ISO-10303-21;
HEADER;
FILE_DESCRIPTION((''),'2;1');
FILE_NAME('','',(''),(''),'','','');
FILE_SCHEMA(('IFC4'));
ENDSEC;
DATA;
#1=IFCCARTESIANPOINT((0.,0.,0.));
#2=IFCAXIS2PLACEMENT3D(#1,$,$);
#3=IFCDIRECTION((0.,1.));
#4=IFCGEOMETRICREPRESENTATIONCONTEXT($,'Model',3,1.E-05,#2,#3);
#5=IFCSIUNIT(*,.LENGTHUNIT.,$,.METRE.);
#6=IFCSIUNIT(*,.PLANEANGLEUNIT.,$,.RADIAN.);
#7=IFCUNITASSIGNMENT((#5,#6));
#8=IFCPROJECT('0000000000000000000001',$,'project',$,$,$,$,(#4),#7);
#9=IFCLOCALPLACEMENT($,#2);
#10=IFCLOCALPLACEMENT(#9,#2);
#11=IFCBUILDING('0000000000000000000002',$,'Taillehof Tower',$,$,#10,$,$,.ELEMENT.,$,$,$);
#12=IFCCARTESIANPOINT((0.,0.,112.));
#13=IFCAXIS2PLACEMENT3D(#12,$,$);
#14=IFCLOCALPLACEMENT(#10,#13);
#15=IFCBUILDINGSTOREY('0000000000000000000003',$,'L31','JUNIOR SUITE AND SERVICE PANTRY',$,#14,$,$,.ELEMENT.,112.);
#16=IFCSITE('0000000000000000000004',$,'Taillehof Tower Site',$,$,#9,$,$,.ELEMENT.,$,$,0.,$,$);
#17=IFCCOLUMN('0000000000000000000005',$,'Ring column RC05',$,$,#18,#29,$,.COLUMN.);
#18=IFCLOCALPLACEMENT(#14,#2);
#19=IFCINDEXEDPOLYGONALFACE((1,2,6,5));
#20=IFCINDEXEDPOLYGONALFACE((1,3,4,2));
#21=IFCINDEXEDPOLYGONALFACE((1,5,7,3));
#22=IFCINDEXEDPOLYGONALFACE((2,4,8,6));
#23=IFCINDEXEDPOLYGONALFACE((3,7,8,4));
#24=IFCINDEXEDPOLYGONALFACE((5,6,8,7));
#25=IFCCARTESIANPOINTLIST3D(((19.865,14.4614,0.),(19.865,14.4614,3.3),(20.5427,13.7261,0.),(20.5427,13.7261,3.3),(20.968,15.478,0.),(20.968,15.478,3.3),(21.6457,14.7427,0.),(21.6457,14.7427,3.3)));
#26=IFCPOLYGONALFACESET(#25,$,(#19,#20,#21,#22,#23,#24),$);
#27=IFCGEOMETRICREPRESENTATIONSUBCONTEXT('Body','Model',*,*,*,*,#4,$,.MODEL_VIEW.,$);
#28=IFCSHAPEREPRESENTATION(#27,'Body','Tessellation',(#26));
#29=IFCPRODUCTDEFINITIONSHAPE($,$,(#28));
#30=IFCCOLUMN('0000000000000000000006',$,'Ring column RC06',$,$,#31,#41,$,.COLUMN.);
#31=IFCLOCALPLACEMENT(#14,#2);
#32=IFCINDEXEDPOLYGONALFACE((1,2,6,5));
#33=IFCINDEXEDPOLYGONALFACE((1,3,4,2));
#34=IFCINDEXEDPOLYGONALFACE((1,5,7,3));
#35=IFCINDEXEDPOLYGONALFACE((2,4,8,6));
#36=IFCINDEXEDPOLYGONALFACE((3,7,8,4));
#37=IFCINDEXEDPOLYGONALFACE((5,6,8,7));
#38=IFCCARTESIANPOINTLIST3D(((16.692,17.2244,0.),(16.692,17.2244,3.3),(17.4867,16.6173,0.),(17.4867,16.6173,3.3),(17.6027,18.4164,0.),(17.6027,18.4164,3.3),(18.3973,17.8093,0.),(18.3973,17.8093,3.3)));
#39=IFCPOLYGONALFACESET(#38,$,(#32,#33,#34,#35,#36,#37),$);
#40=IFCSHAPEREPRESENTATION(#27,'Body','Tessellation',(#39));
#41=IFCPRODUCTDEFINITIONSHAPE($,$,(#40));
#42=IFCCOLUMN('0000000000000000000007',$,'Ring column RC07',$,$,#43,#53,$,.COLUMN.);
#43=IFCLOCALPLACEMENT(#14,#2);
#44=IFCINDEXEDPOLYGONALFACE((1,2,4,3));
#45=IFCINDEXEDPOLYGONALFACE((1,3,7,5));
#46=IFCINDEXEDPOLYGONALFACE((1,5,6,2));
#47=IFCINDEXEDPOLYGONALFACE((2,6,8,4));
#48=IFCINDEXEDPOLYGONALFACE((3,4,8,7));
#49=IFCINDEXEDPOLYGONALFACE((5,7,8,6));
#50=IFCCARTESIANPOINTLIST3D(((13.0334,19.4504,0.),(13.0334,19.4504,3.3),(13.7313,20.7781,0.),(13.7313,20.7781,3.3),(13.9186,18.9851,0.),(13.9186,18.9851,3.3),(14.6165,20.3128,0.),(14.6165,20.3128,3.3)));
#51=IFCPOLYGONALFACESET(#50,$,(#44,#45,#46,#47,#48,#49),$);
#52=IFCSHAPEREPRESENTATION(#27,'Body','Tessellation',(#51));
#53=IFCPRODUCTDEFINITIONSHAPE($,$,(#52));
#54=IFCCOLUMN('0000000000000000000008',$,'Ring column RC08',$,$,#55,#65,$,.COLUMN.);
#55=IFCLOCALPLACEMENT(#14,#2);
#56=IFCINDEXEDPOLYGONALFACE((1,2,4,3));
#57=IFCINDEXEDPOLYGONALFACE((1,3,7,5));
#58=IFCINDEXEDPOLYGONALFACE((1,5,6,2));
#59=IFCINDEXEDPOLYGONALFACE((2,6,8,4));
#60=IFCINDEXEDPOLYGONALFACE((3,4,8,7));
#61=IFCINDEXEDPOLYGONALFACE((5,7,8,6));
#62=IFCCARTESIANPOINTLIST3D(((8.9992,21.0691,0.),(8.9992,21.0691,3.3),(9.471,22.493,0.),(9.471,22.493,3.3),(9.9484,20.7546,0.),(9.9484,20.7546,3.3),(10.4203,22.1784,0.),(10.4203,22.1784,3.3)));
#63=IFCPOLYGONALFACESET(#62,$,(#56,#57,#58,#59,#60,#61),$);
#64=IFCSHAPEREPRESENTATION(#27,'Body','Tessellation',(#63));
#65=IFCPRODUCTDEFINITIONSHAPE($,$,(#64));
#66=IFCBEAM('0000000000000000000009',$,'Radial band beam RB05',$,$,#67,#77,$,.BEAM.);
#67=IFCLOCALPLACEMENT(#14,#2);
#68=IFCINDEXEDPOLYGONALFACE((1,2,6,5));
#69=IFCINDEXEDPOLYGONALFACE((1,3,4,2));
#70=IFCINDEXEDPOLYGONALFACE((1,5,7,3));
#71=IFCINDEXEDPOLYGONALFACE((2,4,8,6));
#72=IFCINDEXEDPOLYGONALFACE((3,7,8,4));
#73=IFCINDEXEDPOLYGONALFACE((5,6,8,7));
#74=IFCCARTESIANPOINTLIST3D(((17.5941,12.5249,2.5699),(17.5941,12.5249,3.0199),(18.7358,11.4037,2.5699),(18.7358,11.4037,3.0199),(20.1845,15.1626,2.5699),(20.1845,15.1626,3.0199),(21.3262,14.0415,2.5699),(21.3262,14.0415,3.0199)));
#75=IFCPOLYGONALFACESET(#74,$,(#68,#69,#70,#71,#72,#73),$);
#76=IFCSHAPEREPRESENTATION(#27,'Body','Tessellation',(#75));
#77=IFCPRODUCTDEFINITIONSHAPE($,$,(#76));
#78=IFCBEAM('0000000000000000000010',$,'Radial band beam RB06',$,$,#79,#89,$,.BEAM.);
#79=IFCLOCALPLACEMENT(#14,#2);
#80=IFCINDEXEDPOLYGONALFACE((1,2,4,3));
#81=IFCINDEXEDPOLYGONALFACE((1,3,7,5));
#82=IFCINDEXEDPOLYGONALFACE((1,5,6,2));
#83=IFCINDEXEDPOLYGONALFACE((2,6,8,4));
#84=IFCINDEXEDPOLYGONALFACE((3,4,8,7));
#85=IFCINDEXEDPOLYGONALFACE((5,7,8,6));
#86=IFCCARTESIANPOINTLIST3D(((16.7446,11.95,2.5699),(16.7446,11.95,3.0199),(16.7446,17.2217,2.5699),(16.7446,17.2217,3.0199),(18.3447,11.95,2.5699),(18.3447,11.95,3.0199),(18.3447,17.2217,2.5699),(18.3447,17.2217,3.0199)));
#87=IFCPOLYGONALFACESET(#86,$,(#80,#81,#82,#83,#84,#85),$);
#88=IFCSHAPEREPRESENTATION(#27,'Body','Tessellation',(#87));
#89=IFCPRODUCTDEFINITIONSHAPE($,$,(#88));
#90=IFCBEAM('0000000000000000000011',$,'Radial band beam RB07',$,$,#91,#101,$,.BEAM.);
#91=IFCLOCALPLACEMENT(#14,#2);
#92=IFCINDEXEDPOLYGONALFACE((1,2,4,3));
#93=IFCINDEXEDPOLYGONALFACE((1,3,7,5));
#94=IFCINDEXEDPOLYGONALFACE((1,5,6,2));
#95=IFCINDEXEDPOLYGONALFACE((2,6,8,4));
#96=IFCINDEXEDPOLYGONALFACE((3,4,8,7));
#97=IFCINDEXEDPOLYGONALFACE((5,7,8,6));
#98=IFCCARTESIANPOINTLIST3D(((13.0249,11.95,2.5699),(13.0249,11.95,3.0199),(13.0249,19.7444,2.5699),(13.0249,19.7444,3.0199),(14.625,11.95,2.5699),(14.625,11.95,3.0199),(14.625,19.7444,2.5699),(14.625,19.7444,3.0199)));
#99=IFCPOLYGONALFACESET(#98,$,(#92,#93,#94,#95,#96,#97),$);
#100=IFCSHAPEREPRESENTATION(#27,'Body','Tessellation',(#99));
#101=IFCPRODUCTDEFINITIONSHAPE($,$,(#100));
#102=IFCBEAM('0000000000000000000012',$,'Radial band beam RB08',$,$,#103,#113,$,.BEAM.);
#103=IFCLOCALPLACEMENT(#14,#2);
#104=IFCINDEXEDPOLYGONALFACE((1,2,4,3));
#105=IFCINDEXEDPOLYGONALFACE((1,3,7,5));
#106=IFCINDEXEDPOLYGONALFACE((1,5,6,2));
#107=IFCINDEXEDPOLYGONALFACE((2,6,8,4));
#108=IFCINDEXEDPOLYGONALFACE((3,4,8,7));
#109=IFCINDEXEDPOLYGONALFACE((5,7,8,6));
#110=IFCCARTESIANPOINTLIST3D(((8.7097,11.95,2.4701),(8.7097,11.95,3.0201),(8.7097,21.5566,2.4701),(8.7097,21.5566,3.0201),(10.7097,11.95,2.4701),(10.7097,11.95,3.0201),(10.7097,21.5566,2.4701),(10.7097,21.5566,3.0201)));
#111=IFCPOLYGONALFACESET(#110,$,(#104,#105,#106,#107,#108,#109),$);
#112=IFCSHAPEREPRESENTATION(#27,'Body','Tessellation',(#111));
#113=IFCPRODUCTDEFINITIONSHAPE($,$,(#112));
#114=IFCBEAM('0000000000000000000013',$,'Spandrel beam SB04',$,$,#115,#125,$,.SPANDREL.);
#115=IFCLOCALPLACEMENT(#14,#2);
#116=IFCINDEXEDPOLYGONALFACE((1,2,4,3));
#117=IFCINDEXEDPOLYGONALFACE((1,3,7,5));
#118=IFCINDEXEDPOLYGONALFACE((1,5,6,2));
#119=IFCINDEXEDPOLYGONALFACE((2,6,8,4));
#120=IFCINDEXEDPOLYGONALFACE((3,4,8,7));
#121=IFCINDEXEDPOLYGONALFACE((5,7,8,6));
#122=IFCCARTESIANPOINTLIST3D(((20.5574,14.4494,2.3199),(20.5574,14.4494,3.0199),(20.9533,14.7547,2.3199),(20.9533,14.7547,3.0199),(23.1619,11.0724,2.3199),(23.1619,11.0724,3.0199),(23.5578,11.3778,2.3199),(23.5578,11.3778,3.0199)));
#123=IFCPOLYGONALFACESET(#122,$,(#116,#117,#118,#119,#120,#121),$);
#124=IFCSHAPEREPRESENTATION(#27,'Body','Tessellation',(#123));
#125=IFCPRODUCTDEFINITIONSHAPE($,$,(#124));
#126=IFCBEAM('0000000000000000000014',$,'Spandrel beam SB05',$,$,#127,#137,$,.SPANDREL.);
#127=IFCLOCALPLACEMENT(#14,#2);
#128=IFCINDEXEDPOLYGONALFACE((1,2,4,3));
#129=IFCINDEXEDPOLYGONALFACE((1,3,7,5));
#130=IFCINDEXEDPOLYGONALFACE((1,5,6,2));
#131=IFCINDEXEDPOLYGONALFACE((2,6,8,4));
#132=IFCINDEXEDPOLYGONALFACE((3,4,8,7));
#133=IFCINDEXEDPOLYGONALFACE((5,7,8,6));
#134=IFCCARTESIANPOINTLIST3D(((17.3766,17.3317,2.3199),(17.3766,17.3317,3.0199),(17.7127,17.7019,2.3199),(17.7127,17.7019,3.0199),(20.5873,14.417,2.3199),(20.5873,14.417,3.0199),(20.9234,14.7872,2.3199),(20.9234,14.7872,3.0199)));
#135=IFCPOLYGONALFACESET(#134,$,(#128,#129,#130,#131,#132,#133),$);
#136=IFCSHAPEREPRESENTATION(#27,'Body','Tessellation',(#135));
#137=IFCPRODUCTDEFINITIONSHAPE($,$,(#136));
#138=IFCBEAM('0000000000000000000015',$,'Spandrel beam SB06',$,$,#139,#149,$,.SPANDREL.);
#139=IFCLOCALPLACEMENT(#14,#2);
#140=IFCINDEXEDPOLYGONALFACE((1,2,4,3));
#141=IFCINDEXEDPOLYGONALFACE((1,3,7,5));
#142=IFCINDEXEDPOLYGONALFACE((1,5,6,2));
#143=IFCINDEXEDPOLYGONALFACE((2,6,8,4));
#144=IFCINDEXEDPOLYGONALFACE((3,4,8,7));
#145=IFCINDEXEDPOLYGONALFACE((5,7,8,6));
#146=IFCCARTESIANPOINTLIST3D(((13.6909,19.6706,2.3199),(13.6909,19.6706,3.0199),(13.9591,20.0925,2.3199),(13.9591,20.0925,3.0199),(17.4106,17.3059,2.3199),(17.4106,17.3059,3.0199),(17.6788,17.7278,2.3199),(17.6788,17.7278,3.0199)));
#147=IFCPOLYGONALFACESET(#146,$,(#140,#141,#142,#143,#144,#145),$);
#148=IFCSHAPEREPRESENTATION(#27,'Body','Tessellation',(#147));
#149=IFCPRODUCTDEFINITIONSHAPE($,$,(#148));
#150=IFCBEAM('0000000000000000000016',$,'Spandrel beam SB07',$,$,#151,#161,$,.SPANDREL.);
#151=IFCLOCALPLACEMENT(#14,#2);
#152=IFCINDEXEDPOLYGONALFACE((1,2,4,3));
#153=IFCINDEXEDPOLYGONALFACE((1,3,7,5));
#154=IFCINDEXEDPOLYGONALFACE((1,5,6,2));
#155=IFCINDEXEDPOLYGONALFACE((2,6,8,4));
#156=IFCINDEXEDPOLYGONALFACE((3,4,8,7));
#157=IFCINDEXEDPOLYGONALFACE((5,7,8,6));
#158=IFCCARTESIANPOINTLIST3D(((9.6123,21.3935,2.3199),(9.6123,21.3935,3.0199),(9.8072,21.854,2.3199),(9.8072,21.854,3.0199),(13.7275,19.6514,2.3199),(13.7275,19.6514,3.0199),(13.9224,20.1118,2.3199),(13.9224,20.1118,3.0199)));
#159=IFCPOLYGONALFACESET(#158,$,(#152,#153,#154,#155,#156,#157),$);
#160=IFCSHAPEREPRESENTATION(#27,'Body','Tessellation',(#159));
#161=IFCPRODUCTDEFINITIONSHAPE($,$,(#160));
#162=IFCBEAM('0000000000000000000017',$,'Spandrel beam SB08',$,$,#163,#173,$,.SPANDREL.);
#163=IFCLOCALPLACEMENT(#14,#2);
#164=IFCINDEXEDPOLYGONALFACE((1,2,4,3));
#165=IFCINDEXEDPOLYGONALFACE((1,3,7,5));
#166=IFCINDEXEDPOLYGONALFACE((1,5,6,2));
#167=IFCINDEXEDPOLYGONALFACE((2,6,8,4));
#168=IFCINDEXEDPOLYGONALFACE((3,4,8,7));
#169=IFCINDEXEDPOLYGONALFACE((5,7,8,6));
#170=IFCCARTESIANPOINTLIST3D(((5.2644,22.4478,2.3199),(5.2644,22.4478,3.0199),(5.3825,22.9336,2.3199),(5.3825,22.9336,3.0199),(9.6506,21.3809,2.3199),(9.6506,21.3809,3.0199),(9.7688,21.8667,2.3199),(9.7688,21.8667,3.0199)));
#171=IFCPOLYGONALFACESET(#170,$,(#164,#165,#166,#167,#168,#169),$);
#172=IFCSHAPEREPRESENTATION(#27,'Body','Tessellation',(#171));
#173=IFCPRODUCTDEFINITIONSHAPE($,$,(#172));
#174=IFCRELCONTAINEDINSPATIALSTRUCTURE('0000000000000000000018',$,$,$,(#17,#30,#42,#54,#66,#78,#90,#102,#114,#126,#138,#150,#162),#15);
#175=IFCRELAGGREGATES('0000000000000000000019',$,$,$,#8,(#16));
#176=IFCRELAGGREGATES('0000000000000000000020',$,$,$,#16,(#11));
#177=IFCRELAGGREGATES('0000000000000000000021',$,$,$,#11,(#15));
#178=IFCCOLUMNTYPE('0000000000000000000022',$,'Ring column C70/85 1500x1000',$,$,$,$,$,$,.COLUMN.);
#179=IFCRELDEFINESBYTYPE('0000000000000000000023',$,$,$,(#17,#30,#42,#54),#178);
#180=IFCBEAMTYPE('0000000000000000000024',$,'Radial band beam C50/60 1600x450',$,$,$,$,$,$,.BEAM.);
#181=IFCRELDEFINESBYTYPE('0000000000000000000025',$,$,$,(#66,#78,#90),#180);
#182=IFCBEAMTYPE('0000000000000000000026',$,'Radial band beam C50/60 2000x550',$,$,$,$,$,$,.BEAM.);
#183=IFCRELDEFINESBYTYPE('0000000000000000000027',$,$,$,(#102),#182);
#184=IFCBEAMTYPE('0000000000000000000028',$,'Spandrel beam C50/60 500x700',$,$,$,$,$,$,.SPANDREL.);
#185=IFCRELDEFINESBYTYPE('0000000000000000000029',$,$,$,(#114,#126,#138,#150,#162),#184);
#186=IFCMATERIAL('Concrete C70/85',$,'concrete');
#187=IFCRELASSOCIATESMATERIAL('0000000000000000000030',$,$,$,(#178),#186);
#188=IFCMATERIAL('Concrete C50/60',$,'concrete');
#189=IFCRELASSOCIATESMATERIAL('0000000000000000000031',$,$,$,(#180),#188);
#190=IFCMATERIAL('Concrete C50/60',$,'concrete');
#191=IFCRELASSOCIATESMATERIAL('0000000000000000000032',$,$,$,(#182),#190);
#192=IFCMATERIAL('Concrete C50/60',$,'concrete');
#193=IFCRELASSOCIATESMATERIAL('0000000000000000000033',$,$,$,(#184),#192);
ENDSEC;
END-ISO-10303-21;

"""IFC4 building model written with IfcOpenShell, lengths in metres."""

from ifc_helpers import new_model, si_unit, direction, frame, origin, origin_2d, place, context, subcontext, project, spatial, rectangle, extrude, material, material_profile, profile_set, type_object, element, save


model = new_model("IFC4")

# Units and contexts
model_context = context("Model", 3, precision=1e-05, world=origin(), true_north=direction((0.0, 1.0)))
body_context = subcontext(model_context, "Body", "Model", "MODEL_VIEW")
ifc_project = project(units=[si_unit("LENGTHUNIT", "METRE"), si_unit("PLANEANGLEUNIT", "RADIAN")], contexts=[model_context])

# Site, building, storey
site_placement = place(None, origin())
site = spatial("IfcSite", under=ifc_project, at=site_placement, Name="Taillehof Tower Site", CompositionType="ELEMENT", RefElevation=0.0)
building_placement = place(site_placement, origin())
building = spatial("IfcBuilding", under=site, at=building_placement, Name="Taillehof Tower", CompositionType="ELEMENT")
storey_placement = place(building_placement, frame((0.0, 0.0, 112.0)))
storey = spatial("IfcBuildingStorey", under=building, at=storey_placement, Name="L31", Description="JUNIOR SUITE AND SERVICE PANTRY", CompositionType="ELEMENT", Elevation=112.0)

# Columns
ifc_material_1 = material(Name="Concrete C70/85", Category="concrete")
ifc_material_profile_1 = material_profile(ifc_material_1, rectangle(XDim=1.5, YDim=1.0, at=origin_2d()), Name="RC 1500x1000")
ifc_profile_set_1 = profile_set([ifc_material_profile_1], Name="Concrete C70/85")
column_type = type_object("IfcColumnType", Name="Ring column C70/85 1500x1000", PredefinedType="COLUMN", material=ifc_profile_set_1)
for number, where, z_axis, x_axis, name in (
    (1, (20.7554, 14.6021, 0.0), (0.0, 0.0, 1.0), (0.735332, 0.677707, 0.0), "Ring column RC05"),
    (2, (17.5447, 17.5168, 0.0), (0.0, 0.0, 1.0), (0.607074, 0.794645, 0.0), "Ring column RC06"),
    (3, (13.825, 19.8816, 0.0), (0.0, 0.0, 1.0), (0.465283, 0.885162, 0.0), "Ring column RC07"),
    (4, (9.7097, 21.6238, 0.0), (0.0, 0.0, 1.0), (0.314555, 0.949239, 0.0), "Ring column RC08"),
):
    element("IfcColumn", number, at=place(storey_placement, frame(where, z_axis=z_axis, x_axis=x_axis)), inside=storey, type_object=column_type, Name=name, PredefinedType="COLUMN", context=body_context, shape_type="SweptSolid", body=[
        extrude(rectangle(XDim=1.5, YDim=1.0, at=origin_2d()), origin(), (0.0, 0.0, 1.0), 3.3),
    ])

# Beams
ifc_material_2 = material(Name="Concrete C50/60", Category="concrete")
ifc_material_profile_2 = material_profile(ifc_material_2, rectangle(XDim=1.6001, YDim=0.45, at=origin_2d()), Name="RC 1600x450")
ifc_profile_set_2 = profile_set([ifc_material_profile_2], Name="Concrete C50/60")
beam_type_1 = type_object("IfcBeamType", Name="Radial band beam C50/60 1600x450", PredefinedType="BEAM", material=ifc_profile_set_2)
beam_1_placement = place(storey_placement, frame((20.7554, 14.6021, 2.7949), z_axis=(-0.700672, -0.713484, 0.0), x_axis=(0.713484, -0.700672, 0.0)))
element("IfcBeam", 5, at=beam_1_placement, inside=storey, type_object=beam_type_1, Name="Radial band beam RB05", PredefinedType="BEAM", context=body_context, shape_type="SweptSolid", body=[
    extrude(rectangle(XDim=1.6001, YDim=0.45, at=origin_2d()), origin(), (0.0, 0.0, 1.0), 3.697),
])
beam_2_placement = place(storey_placement, frame((17.5447, 17.2217, 2.7949), z_axis=(0.0, -1.0, 0.0), x_axis=(1.0, 0.0, 0.0)))
element("IfcBeam", 6, at=beam_2_placement, inside=storey, type_object=beam_type_1, Name="Radial band beam RB06", PredefinedType="BEAM", context=body_context, shape_type="SweptSolid", body=[
    extrude(rectangle(XDim=1.6001, YDim=0.45, at=origin_2d()), origin(), (0.0, 0.0, 1.0), 5.2717),
])
beam_3_placement = place(storey_placement, frame((13.825, 19.7444, 2.7949), z_axis=(0.0, -1.0, 0.0), x_axis=(1.0, 0.0, 0.0)))
element("IfcBeam", 7, at=beam_3_placement, inside=storey, type_object=beam_type_1, Name="Radial band beam RB07", PredefinedType="BEAM", context=body_context, shape_type="SweptSolid", body=[
    extrude(rectangle(XDim=1.6001, YDim=0.45, at=origin_2d()), origin(), (0.0, 0.0, 1.0), 7.7944),
])
ifc_material_3 = material(Name="Concrete C50/60", Category="concrete")
ifc_material_profile_3 = material_profile(ifc_material_3, rectangle(XDim=2.0, YDim=0.55, at=origin_2d()), Name="RC 2000x550")
ifc_profile_set_3 = profile_set([ifc_material_profile_3], Name="Concrete C50/60")
beam_type_2 = type_object("IfcBeamType", Name="Radial band beam C50/60 2000x550", PredefinedType="BEAM", material=ifc_profile_set_3)
beam_4_placement = place(storey_placement, frame((9.7097, 21.5566, 2.7451), z_axis=(0.0, -1.0, 0.0), x_axis=(1.0, 0.0, 0.0)))
element("IfcBeam", 8, at=beam_4_placement, inside=storey, type_object=beam_type_2, Name="Radial band beam RB08", PredefinedType="BEAM", context=body_context, shape_type="SweptSolid", body=[
    extrude(rectangle(XDim=2.0, YDim=0.55, at=origin_2d()), origin(), (0.0, 0.0, 1.0), 9.6067),
])
ifc_material_4 = material(Name="Concrete C50/60", Category="concrete")
ifc_material_profile_4 = material_profile(ifc_material_4, rectangle(XDim=0.5, YDim=0.7, at=origin_2d()), Name="RC 500x700")
ifc_profile_set_4 = profile_set([ifc_material_profile_4], Name="Concrete C50/60")
beam_type_3 = type_object("IfcBeamType", Name="Spandrel beam C50/60 500x700", PredefinedType="SPANDREL", material=ifc_profile_set_4)
beam_5_placement = place(storey_placement, frame((23.3599, 11.2251, 2.6699), z_axis=(-0.610717, 0.791849, 0.0), x_axis=(-0.791849, -0.610717, 0.0)))
element("IfcBeam", 9, at=beam_5_placement, inside=storey, type_object=beam_type_3, Name="Spandrel beam SB04", PredefinedType="SPANDREL", context=body_context, shape_type="SweptSolid", body=[
    extrude(rectangle(XDim=0.5, YDim=0.7, at=origin_2d()), origin(), (0.0, 0.0, 1.0), 4.2646),
])
beam_6_placement = place(storey_placement, frame((20.7554, 14.6021, 2.6699), z_axis=(-0.740401, 0.672165, 0.0), x_axis=(-0.672165, -0.740401, 0.0)))
element("IfcBeam", 10, at=beam_6_placement, inside=storey, type_object=beam_type_3, Name="Spandrel beam SB05", PredefinedType="SPANDREL", context=body_context, shape_type="SweptSolid", body=[
    extrude(rectangle(XDim=0.5, YDim=0.7, at=origin_2d()), origin(), (0.0, 0.0, 1.0), 4.3364),
])
beam_7_placement = place(storey_placement, frame((17.5447, 17.5168, 2.6699), z_axis=(-0.843903, 0.536496, 0.0), x_axis=(-0.536496, -0.843903, 0.0)))
element("IfcBeam", 11, at=beam_7_placement, inside=storey, type_object=beam_type_3, Name="Spandrel beam SB06", PredefinedType="SPANDREL", context=body_context, shape_type="SweptSolid", body=[
    extrude(rectangle(XDim=0.5, YDim=0.7, at=origin_2d()), origin(), (0.0, 0.0, 1.0), 4.4077),
])
beam_8_placement = place(storey_placement, frame((13.825, 19.8816, 2.6699), z_axis=(-0.920877, 0.389854, 0.0), x_axis=(-0.389854, -0.920877, 0.0)))
element("IfcBeam", 12, at=beam_8_placement, inside=storey, type_object=beam_type_3, Name="Spandrel beam SB07", PredefinedType="SPANDREL", context=body_context, shape_type="SweptSolid", body=[
    extrude(rectangle(XDim=0.5, YDim=0.7, at=origin_2d()), origin(), (0.0, 0.0, 1.0), 4.4688),
])
beam_9_placement = place(storey_placement, frame((9.7097, 21.6238, 2.6699), z_axis=(-0.971669, 0.236346, 0.0), x_axis=(-0.236346, -0.971669, 0.0)))
element("IfcBeam", 13, at=beam_9_placement, inside=storey, type_object=beam_type_3, Name="Spandrel beam SB08", PredefinedType="SPANDREL", context=body_context, shape_type="SweptSolid", body=[
    extrude(rectangle(XDim=0.5, YDim=0.7, at=origin_2d()), origin(), (0.0, 0.0, 1.0), 4.5142),
])

save(model, "model.ifc")
